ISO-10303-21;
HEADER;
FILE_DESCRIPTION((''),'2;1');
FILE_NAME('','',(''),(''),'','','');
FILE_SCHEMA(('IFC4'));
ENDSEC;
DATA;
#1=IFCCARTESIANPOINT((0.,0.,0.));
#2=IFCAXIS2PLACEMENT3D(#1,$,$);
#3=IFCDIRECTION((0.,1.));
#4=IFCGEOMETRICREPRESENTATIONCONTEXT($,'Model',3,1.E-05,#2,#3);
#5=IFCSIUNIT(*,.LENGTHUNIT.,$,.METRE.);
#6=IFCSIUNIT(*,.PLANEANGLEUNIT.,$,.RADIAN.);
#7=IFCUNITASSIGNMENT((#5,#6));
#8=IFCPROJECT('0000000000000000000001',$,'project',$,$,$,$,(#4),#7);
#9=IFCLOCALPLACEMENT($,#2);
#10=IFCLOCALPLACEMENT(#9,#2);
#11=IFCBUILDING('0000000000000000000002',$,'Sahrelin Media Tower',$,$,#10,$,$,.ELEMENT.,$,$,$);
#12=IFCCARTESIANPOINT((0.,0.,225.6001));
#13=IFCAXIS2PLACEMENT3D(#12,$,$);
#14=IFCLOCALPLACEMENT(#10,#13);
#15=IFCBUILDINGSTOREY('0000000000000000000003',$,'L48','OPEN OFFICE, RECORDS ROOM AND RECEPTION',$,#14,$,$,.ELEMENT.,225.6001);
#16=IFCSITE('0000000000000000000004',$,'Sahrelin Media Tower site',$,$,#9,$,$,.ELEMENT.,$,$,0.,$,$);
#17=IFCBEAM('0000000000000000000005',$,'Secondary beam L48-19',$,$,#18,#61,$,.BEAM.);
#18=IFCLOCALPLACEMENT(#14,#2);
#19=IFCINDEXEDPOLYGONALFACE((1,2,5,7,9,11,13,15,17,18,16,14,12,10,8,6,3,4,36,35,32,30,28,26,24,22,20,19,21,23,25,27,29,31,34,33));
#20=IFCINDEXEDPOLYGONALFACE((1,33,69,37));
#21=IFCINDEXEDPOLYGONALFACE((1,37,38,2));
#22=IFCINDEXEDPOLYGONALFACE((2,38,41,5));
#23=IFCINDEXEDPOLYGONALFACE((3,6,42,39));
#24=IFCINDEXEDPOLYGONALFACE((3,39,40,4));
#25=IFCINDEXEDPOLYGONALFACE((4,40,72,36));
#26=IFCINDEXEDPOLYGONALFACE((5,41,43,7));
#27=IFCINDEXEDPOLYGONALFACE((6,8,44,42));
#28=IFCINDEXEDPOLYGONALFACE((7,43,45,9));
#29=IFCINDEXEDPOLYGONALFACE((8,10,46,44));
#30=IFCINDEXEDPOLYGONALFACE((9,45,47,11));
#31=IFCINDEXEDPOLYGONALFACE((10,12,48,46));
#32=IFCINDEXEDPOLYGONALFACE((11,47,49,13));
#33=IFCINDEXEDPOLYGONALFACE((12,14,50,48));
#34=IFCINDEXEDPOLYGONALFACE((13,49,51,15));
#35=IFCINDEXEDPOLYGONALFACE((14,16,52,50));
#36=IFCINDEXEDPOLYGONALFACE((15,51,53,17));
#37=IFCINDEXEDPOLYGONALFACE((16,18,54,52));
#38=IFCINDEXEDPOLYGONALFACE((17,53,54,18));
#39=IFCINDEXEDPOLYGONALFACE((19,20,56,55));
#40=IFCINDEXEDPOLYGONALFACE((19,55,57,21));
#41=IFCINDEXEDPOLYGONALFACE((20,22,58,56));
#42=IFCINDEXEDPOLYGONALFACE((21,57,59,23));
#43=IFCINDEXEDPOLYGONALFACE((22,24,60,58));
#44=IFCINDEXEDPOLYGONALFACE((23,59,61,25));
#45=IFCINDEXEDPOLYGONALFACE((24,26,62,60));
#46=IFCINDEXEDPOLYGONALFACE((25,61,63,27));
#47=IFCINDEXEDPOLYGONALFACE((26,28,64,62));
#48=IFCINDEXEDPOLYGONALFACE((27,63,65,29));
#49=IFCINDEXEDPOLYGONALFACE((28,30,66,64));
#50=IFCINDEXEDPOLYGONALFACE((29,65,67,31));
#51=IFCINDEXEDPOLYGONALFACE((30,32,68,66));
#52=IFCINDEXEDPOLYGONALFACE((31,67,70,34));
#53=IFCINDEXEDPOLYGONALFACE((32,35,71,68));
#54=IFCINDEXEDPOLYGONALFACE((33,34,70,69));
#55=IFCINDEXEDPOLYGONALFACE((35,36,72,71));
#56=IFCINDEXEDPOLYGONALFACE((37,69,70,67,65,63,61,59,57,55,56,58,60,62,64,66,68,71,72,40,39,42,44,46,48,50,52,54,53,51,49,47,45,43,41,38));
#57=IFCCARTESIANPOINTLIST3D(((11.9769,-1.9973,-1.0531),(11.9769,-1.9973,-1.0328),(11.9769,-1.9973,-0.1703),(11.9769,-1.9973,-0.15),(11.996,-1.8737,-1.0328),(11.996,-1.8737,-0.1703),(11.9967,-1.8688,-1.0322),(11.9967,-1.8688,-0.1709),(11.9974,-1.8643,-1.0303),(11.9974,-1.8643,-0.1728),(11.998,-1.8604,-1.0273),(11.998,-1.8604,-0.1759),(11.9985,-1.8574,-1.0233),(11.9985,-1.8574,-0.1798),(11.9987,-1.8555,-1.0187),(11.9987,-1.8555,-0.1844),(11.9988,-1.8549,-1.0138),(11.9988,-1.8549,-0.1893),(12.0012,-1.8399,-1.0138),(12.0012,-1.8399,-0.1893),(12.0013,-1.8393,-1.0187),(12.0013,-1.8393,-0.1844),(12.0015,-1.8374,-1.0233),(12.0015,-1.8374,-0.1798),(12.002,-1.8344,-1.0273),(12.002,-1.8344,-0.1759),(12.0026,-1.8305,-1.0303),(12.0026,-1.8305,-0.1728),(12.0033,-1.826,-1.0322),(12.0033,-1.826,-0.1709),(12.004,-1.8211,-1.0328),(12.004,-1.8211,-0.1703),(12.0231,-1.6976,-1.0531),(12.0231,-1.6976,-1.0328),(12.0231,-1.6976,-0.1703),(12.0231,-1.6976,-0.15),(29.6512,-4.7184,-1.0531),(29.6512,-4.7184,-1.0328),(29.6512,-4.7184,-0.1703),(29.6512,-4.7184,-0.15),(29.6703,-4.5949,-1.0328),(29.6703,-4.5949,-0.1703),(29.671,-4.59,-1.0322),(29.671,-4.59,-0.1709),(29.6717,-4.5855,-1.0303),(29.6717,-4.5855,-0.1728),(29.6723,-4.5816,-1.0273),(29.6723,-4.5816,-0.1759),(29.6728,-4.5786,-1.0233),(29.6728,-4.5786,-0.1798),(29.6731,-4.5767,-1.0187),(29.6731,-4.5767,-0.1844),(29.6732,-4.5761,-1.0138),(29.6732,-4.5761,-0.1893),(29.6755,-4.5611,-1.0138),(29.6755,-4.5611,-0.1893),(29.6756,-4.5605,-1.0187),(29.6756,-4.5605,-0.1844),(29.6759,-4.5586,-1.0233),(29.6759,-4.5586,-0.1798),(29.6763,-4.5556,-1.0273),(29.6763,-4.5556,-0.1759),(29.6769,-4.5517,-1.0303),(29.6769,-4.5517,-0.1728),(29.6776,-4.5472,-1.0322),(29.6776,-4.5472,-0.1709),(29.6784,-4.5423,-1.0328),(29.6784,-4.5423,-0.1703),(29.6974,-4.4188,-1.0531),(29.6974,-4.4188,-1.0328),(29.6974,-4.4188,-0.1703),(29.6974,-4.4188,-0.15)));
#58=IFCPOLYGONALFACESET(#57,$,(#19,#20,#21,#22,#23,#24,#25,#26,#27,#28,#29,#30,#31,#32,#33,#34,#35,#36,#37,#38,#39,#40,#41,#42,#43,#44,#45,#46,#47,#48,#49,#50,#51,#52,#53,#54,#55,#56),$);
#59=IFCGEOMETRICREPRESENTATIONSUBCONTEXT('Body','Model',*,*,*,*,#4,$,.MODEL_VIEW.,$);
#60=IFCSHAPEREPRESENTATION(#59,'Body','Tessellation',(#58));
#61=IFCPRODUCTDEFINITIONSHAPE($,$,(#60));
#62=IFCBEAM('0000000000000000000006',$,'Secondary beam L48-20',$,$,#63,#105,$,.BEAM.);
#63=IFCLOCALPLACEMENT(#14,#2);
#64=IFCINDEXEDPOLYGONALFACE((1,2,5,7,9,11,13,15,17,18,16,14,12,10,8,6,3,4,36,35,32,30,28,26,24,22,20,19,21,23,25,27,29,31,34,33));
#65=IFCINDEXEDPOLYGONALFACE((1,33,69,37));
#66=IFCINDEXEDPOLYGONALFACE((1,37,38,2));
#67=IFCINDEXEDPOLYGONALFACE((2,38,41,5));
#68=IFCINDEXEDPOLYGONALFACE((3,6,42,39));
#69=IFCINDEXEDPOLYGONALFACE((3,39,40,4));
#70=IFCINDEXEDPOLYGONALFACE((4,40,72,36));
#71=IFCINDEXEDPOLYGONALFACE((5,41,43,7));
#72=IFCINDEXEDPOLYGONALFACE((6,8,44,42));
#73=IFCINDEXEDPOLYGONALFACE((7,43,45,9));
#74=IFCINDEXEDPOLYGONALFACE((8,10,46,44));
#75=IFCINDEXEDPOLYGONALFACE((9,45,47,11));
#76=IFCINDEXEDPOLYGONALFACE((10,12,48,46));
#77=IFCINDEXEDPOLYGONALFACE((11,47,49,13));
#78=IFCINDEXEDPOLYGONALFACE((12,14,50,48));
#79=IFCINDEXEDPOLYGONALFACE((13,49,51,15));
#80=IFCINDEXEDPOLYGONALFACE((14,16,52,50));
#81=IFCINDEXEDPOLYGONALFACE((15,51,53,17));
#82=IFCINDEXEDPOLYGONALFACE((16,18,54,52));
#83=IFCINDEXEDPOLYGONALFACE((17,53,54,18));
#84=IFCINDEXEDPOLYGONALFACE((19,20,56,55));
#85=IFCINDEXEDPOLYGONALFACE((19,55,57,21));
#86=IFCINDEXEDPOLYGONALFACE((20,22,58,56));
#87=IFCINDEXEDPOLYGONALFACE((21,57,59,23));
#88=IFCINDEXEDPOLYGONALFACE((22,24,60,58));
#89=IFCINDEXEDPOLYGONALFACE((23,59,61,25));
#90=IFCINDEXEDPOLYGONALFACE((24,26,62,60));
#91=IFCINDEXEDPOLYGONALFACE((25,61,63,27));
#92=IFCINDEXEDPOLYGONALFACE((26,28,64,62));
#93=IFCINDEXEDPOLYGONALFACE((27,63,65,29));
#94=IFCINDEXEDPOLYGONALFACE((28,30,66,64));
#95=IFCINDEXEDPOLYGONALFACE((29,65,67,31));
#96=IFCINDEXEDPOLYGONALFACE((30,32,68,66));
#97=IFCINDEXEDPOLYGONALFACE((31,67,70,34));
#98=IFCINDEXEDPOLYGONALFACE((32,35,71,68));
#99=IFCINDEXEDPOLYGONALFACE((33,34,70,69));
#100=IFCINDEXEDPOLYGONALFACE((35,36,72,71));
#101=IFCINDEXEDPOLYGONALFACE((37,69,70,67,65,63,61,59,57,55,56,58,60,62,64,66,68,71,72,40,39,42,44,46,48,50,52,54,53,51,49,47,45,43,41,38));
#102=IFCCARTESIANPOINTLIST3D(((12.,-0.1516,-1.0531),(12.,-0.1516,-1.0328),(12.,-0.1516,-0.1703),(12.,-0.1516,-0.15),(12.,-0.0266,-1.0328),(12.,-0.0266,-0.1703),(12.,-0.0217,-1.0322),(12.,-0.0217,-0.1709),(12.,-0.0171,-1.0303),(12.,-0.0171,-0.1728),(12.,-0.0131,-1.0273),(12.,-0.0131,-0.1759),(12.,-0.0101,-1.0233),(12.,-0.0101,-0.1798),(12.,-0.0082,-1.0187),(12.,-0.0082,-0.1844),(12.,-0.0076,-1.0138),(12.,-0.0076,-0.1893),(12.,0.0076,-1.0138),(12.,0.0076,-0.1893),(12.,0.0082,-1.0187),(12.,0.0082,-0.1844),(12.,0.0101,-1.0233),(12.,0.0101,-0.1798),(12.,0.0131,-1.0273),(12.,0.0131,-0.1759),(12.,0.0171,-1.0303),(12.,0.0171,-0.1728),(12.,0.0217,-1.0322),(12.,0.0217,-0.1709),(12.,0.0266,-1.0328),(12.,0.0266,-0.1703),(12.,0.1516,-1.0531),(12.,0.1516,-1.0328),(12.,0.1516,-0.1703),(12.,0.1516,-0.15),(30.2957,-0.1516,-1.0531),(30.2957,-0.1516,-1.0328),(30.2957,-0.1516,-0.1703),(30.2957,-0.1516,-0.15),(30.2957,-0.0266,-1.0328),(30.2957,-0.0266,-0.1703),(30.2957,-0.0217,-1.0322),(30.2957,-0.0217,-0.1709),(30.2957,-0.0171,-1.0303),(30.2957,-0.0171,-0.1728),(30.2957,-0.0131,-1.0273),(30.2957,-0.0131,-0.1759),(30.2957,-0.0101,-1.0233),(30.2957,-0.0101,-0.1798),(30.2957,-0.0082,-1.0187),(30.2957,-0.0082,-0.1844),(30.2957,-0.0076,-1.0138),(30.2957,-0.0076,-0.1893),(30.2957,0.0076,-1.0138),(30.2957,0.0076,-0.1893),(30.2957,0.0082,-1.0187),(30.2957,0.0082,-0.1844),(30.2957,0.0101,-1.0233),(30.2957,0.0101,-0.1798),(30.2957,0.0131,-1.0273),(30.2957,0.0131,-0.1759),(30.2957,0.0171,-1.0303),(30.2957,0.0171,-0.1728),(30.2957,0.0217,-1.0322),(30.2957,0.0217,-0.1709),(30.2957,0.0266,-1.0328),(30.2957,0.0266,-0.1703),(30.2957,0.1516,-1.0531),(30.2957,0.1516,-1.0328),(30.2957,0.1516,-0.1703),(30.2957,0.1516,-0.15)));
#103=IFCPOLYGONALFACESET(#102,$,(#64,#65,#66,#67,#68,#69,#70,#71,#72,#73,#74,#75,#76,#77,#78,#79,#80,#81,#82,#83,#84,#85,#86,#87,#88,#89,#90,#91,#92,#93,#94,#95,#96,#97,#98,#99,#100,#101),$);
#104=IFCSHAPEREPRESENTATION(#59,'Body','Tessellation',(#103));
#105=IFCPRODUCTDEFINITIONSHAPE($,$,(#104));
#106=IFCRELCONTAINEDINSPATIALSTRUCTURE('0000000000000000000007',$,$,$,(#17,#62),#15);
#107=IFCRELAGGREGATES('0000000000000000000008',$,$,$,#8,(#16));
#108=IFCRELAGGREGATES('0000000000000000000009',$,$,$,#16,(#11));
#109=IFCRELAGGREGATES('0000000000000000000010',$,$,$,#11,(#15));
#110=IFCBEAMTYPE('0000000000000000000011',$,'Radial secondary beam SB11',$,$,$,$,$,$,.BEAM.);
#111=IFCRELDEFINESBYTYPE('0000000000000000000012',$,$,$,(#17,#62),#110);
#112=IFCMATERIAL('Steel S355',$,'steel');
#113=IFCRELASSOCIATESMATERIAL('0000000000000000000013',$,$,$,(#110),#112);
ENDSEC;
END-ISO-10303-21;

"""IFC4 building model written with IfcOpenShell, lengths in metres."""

from ifc_helpers import new_model, si_unit, direction, frame, origin, origin_2d, place, context, subcontext, project, spatial, i_section, extrude, material, material_profile, profile_set, type_object, element, save


model = new_model("IFC4")

# Units and contexts
model_context = context("Model", 3, precision=1e-05, world=origin(), true_north=direction((0.0, 1.0)))
body_context = subcontext(model_context, "Body", "Model", "MODEL_VIEW")
ifc_project = project(units=[si_unit("LENGTHUNIT", "METRE"), si_unit("PLANEANGLEUNIT", "RADIAN")], contexts=[model_context])

# Site, building, storey
site_placement = place(None, origin())
site = spatial("IfcSite", under=ifc_project, at=site_placement, Name="Sahrelin Media Tower site", CompositionType="ELEMENT", RefElevation=0.0)
building_placement = place(site_placement, origin())
building = spatial("IfcBuilding", under=site, at=building_placement, Name="Sahrelin Media Tower", CompositionType="ELEMENT")
storey_placement = place(building_placement, frame((0.0, 0.0, 225.6001)))
storey = spatial("IfcBuildingStorey", under=building, at=storey_placement, Name="L48", Description="OPEN OFFICE, RECORDS ROOM AND RECEPTION", CompositionType="ELEMENT", Elevation=225.6001)

# Beams
ifc_material_1 = material(Name="Steel S355", Category="steel")
ifc_material_profile_1 = material_profile(ifc_material_1, i_section(OverallWidth=0.3032, OverallDepth=0.9031, WebThickness=0.0151, FlangeThickness=0.0203, FilletRadius=0.019, at=origin_2d()), Name="UB 914x305x201")
ifc_profile_set_1 = profile_set([ifc_material_profile_1], Name="Steel S355")
beam_type_1 = type_object("IfcBeamType", Name="Radial secondary beam SB11", PredefinedType="BEAM", material=ifc_profile_set_1)
beam_1_placement = place(storey_placement, frame((12.0, -1.8474, -0.6016), z_axis=(0.988354, -0.15217, 0.0), x_axis=(0.15217, 0.988354, 0.0)))
element("IfcBeam", 1, at=beam_1_placement, inside=storey, type_object=beam_type_1, Name="Secondary beam L48-19", PredefinedType="BEAM", context=body_context, shape_type="SweptSolid", body=[
    extrude(i_section(OverallWidth=0.3032, OverallDepth=0.9031, WebThickness=0.0151, FlangeThickness=0.0203, FilletRadius=0.019, at=origin_2d()), origin(), (0.0, 0.0, 1.0), 17.8826),
])
beam_2_placement = place(storey_placement, frame((12.0, 0.0, -0.6016), z_axis=(1.0, 0.0, 0.0), x_axis=(0.0, 1.0, 0.0)))
element("IfcBeam", 2, at=beam_2_placement, inside=storey, type_object=beam_type_1, Name="Secondary beam L48-20", PredefinedType="BEAM", context=body_context, shape_type="SweptSolid", body=[
    extrude(i_section(OverallWidth=0.3032, OverallDepth=0.9031, WebThickness=0.0151, FlangeThickness=0.0203, FilletRadius=0.019, at=origin_2d()), origin(), (0.0, 0.0, 1.0), 18.2957),
])

save(model, "model.ifc")
